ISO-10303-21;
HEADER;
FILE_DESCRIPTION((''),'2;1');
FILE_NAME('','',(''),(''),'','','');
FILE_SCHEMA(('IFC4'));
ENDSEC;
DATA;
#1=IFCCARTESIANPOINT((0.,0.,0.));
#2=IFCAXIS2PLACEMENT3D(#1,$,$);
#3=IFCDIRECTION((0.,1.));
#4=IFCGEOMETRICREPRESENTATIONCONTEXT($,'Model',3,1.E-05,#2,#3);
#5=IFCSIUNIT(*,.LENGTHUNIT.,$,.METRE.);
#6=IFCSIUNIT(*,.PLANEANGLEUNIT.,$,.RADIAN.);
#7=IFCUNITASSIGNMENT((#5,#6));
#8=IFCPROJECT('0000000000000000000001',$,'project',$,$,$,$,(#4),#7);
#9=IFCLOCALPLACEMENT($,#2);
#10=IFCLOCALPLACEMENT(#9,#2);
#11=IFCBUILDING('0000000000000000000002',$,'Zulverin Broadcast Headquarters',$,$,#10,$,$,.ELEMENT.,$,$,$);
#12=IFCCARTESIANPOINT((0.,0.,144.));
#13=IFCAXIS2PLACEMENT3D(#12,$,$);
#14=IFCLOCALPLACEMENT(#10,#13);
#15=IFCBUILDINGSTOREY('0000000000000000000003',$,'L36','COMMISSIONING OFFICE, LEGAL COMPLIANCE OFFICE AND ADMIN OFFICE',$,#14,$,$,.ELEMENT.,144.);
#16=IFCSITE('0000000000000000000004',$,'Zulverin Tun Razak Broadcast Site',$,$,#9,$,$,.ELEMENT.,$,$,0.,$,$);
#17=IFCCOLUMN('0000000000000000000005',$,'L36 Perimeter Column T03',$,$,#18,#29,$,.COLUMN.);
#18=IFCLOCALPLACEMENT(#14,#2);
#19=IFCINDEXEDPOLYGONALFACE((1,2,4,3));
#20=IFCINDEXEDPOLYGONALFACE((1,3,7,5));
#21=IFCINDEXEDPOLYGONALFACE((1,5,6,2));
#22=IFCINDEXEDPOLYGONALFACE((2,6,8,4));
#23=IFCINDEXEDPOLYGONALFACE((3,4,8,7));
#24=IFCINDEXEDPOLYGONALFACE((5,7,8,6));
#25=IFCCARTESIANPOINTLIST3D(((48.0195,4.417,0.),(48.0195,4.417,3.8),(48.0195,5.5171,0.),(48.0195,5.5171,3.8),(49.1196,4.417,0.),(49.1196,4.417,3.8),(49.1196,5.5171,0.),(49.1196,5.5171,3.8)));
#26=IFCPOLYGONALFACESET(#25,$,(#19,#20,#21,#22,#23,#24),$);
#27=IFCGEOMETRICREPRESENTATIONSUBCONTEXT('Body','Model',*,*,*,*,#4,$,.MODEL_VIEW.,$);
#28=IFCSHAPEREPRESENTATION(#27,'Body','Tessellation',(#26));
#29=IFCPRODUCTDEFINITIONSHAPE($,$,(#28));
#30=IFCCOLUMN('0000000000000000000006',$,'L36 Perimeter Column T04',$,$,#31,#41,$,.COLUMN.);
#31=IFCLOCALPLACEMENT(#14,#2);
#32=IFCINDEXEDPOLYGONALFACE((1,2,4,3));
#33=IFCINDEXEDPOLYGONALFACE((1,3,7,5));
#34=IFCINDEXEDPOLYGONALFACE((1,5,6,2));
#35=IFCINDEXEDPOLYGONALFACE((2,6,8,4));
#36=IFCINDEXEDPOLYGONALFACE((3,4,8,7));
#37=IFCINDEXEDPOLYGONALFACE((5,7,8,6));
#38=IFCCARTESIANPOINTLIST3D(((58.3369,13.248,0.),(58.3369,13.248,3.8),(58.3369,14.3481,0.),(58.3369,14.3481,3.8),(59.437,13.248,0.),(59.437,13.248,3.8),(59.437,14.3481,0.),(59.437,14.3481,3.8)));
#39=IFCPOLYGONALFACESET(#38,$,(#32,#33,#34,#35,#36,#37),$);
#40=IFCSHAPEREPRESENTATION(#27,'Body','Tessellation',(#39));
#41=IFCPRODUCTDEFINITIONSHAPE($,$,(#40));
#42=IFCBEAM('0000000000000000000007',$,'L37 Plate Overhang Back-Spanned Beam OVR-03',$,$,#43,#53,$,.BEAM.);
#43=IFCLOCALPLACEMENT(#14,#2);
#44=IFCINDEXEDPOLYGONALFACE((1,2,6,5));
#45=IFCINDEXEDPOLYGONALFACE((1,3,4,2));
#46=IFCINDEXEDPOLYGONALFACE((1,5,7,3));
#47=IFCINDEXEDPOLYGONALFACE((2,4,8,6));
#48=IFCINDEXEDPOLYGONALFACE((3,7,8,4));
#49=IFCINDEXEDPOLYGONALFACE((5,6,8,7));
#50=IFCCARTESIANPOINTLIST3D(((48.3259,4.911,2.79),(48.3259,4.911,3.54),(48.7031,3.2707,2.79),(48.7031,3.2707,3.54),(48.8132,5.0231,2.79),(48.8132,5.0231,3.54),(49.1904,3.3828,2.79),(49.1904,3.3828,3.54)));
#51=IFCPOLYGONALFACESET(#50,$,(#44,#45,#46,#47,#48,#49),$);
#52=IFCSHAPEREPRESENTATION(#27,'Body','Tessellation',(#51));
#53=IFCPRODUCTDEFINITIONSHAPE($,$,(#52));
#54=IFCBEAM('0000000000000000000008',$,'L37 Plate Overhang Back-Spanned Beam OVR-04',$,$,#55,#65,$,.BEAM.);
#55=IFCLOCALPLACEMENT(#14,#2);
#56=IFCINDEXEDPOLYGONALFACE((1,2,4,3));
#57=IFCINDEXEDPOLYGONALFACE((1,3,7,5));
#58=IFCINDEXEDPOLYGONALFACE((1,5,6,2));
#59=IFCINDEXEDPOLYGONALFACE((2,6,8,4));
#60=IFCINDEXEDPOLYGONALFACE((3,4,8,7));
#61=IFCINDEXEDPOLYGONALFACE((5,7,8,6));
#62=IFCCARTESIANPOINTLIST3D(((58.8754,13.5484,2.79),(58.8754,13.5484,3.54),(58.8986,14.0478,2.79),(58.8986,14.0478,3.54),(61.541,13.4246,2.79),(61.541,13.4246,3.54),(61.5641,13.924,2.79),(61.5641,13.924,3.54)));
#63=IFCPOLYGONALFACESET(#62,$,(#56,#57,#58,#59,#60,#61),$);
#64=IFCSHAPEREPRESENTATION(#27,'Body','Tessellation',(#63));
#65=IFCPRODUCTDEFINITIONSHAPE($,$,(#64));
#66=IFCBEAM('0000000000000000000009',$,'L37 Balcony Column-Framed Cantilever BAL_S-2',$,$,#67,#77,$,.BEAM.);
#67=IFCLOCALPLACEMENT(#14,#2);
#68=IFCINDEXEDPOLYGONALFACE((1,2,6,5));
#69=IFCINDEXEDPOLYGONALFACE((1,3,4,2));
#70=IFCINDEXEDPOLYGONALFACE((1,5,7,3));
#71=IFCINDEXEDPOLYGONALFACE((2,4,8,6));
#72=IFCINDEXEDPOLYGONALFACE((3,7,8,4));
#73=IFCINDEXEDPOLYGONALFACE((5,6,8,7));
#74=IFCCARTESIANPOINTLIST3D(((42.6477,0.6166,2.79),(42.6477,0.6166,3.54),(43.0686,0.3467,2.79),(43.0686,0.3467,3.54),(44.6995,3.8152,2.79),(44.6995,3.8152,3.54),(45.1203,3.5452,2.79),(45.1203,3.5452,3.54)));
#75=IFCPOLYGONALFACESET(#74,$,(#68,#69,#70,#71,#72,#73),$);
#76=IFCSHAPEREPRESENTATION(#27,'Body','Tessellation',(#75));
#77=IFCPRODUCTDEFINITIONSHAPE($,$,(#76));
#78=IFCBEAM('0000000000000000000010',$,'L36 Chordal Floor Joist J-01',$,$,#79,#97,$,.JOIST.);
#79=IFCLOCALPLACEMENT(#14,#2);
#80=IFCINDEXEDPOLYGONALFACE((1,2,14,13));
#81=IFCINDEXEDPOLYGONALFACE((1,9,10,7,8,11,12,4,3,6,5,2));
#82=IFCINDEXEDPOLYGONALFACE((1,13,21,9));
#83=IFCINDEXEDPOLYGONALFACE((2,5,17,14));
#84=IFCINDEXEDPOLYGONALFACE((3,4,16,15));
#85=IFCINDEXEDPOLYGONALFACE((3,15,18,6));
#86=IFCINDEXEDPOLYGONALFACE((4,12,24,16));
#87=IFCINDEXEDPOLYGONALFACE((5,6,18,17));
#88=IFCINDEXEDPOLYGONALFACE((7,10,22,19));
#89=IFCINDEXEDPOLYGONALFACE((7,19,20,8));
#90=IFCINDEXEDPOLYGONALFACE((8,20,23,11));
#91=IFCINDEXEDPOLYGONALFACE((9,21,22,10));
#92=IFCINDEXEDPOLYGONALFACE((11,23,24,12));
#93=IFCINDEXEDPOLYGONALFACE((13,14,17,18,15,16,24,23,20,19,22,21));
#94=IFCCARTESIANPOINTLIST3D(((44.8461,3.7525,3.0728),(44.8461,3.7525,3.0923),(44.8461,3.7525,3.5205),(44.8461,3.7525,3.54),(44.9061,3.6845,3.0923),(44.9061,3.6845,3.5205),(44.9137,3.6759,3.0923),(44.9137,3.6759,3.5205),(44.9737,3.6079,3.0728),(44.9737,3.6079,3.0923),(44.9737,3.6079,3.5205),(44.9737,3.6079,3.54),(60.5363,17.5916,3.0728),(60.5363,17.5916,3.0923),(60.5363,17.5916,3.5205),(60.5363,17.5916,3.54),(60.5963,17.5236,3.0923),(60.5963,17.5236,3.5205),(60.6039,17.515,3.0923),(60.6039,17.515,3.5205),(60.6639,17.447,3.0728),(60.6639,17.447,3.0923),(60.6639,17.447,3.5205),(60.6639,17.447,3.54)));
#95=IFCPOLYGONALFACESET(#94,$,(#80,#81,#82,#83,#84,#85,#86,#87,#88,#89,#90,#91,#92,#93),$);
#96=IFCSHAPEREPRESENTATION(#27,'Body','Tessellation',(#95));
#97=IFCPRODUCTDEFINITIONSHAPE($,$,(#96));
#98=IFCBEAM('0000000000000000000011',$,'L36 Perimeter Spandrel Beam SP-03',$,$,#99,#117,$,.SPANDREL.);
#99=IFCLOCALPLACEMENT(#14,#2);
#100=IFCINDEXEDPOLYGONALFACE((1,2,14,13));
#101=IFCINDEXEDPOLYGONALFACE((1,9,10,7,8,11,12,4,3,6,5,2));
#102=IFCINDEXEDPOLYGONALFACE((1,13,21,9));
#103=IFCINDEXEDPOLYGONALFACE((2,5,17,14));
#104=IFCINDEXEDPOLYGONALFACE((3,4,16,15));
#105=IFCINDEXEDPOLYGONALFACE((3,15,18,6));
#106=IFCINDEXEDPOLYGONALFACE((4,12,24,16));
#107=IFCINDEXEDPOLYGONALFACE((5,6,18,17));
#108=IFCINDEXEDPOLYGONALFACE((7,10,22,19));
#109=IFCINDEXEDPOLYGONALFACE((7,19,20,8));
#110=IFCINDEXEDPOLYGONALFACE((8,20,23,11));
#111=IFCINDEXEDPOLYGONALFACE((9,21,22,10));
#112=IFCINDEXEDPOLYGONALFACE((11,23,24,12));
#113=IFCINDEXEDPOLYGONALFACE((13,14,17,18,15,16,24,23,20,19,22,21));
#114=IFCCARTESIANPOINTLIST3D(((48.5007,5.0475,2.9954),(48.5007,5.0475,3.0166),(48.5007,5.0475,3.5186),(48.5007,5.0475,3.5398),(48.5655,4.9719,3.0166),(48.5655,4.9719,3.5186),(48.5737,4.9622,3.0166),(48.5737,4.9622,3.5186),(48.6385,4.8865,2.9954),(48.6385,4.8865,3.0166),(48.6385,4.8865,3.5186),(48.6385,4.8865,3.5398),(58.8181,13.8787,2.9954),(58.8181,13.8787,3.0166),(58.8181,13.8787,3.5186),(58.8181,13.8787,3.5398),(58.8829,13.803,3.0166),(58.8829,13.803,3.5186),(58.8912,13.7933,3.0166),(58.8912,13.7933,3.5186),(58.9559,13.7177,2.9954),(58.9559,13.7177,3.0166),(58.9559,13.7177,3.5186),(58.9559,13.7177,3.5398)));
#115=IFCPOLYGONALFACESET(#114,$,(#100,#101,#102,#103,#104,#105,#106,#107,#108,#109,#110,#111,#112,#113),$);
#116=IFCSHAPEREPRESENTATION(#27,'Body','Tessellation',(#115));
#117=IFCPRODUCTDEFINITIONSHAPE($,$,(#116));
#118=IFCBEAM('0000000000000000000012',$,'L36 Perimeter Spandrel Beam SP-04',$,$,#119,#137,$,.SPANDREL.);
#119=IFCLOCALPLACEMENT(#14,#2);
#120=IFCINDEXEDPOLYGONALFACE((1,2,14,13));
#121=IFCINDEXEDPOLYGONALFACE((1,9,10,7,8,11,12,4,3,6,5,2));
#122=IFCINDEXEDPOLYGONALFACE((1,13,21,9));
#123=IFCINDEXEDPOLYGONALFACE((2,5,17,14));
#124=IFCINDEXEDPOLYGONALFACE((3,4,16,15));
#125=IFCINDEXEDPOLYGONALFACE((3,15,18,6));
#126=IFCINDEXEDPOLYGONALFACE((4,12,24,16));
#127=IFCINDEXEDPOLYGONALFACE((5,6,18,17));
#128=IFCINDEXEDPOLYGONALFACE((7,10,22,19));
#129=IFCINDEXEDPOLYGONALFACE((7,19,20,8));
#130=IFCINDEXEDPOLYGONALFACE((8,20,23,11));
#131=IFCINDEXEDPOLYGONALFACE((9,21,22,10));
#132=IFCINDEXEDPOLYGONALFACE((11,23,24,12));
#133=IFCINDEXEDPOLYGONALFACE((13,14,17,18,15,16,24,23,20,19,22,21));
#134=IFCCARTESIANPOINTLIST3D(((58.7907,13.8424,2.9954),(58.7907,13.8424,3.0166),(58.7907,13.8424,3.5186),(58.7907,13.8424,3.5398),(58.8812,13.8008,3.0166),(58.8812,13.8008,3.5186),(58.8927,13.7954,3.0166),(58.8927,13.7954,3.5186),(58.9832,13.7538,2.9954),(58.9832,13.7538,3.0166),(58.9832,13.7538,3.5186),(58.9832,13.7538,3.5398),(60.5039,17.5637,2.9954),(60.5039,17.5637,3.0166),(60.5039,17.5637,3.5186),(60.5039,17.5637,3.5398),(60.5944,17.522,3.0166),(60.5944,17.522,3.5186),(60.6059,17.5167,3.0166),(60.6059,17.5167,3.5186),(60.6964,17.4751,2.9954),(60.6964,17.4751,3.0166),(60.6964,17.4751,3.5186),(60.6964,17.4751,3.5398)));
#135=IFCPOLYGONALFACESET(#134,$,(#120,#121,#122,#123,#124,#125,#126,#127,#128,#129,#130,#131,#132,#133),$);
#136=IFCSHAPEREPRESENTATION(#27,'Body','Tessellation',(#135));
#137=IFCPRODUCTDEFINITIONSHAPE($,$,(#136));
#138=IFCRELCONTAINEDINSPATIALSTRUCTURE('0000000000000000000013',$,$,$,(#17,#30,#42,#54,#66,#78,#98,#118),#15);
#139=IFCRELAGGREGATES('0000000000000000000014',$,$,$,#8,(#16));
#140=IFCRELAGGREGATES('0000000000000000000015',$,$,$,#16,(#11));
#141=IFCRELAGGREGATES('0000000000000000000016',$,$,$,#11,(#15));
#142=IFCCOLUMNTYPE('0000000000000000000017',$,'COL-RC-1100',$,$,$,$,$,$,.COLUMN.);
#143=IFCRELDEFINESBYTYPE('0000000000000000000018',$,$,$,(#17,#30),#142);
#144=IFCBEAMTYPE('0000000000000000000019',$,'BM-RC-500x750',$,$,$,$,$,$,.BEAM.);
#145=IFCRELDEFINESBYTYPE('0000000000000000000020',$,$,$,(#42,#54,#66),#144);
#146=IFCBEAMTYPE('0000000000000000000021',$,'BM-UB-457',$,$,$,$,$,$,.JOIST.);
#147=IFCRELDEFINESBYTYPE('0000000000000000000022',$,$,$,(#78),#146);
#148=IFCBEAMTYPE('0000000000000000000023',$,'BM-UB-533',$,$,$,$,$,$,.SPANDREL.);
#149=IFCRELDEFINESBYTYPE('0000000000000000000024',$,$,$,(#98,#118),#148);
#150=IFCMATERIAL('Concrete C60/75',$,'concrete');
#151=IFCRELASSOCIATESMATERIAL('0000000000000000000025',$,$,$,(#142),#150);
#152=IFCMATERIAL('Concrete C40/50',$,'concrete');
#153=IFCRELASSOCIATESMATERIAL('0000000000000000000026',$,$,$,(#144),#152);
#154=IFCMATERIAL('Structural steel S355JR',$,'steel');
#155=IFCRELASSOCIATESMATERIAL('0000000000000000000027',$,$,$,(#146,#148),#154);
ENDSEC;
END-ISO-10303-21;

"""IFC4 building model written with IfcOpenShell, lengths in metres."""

from ifc_helpers import new_model, si_unit, direction, frame, origin, origin_2d, place, context, subcontext, project, spatial, rectangle, i_section, extrude, material, material_profile, profile_set, type_object, element, save


model = new_model("IFC4")

# Units and contexts
model_context = context("Model", 3, precision=1e-05, world=origin(), true_north=direction((0.0, 1.0)))
body_context = subcontext(model_context, "Body", "Model", "MODEL_VIEW")
ifc_project = project(units=[si_unit("LENGTHUNIT", "METRE"), si_unit("PLANEANGLEUNIT", "RADIAN")], contexts=[model_context])

# Site, building, storey
site_placement = place(None, origin())
site = spatial("IfcSite", under=ifc_project, at=site_placement, Name="Zulverin Tun Razak Broadcast Site", CompositionType="ELEMENT", RefElevation=0.0)
building_placement = place(site_placement, origin())
building = spatial("IfcBuilding", under=site, at=building_placement, Name="Zulverin Broadcast Headquarters", CompositionType="ELEMENT")
storey_placement = place(building_placement, frame((0.0, 0.0, 144.0)))
storey = spatial("IfcBuildingStorey", under=building, at=storey_placement, Name="L36", Description="COMMISSIONING OFFICE, LEGAL COMPLIANCE OFFICE AND ADMIN OFFICE", CompositionType="ELEMENT", Elevation=144.0)

# Columns
ifc_material_1 = material(Name="Concrete C60/75", Category="concrete")
ifc_material_profile_1 = material_profile(ifc_material_1, rectangle(XDim=1.1001, YDim=1.1001, at=origin_2d()), Name="Concrete C60/75", Category="concrete")
ifc_profile_set_1 = profile_set([ifc_material_profile_1], Name="Concrete C60/75")
column_type = type_object("IfcColumnType", Name="COL-RC-1100", PredefinedType="COLUMN", material=ifc_profile_set_1)
for number, where, z_axis, x_axis, name in (
    (1, (48.5696, 4.967, 0.0), (0.0, 0.0, 1.0), (1.0, 0.0, 0.0), "L36 Perimeter Column T03"),
    (2, (58.887, 13.7981, 0.0), (0.0, 0.0, 1.0), (1.0, 0.0, 0.0), "L36 Perimeter Column T04"),
):
    element("IfcColumn", number, at=place(storey_placement, frame(where, z_axis=z_axis, x_axis=x_axis)), inside=storey, type_object=column_type, Name=name, PredefinedType="COLUMN", context=body_context, shape_type="SweptSolid", body=[
        extrude(rectangle(XDim=1.1001, YDim=1.1001, at=origin_2d()), origin(), (0.0, 0.0, 1.0), 3.8),
    ])

# Beams
ifc_material_2 = material(Name="Concrete C40/50", Category="concrete")
ifc_material_profile_2 = material_profile(ifc_material_2, rectangle(XDim=0.5, YDim=0.75, at=origin_2d()), Name="Concrete C40/50", Category="concrete")
ifc_profile_set_2 = profile_set([ifc_material_profile_2], Name="Concrete C40/50")
beam_type_1 = type_object("IfcBeamType", Name="BM-RC-500x750", PredefinedType="BEAM", material=ifc_profile_set_2)
beam_1_placement = place(storey_placement, frame((48.5696, 4.967, 3.165), z_axis=(0.224097, -0.974567, 0.0), x_axis=(0.974567, 0.224097, 0.0)))
element("IfcBeam", 3, at=beam_1_placement, inside=storey, type_object=beam_type_1, Name="L37 Plate Overhang Back-Spanned Beam OVR-03", PredefinedType="BEAM", context=body_context, shape_type="SweptSolid", body=[
    extrude(rectangle(XDim=0.5, YDim=0.75, at=origin_2d()), origin(), (0.0, 0.0, 1.0), 1.6831),
])
beam_2_placement = place(storey_placement, frame((58.887, 13.7981, 3.165), z_axis=(0.998924, -0.046387, 0.0), x_axis=(0.046387, 0.998924, 0.0)))
element("IfcBeam", 4, at=beam_2_placement, inside=storey, type_object=beam_type_1, Name="L37 Plate Overhang Back-Spanned Beam OVR-04", PredefinedType="BEAM", context=body_context, shape_type="SweptSolid", body=[
    extrude(rectangle(XDim=0.5, YDim=0.75, at=origin_2d()), origin(), (0.0, 0.0, 1.0), 2.6685),
])
beam_3_placement = place(storey_placement, frame((44.9099, 3.6802, 3.165), z_axis=(-0.539936, -0.841706, 0.0), x_axis=(0.841706, -0.539936, 0.0)))
element("IfcBeam", 5, at=beam_3_placement, inside=storey, type_object=beam_type_1, Name="L37 Balcony Column-Framed Cantilever BAL_S-2", PredefinedType="BEAM", context=body_context, shape_type="SweptSolid", body=[
    extrude(rectangle(XDim=0.5, YDim=0.75, at=origin_2d()), origin(), (0.0, 0.0, 1.0), 3.8),
])
ifc_material_3 = material(Name="Structural steel S355JR", Category="steel")
ifc_material_profile_3 = material_profile(ifc_material_3, i_section(OverallWidth=0.1929, OverallDepth=0.4673, WebThickness=0.0115, FlangeThickness=0.0195, at=origin_2d()), Name="Structural steel S355JR", Category="steel")
ifc_profile_set_3 = profile_set([ifc_material_profile_3], Name="Structural steel S355JR")
beam_type_2 = type_object("IfcBeamType", Name="BM-UB-457", PredefinedType="JOIST", material=ifc_profile_set_3)
beam_4_placement = place(storey_placement, frame((44.9099, 3.6802, 3.3064), z_axis=(0.74996, 0.661483, 0.0), x_axis=(-0.661483, 0.74996, 0.0)))
element("IfcBeam", 6, at=beam_4_placement, inside=storey, type_object=beam_type_2, Name="L36 Chordal Floor Joist J-01", PredefinedType="JOIST", context=body_context, shape_type="SweptSolid", body=[
    extrude(i_section(OverallWidth=0.1929, OverallDepth=0.4673, WebThickness=0.0115, FlangeThickness=0.0195, at=origin_2d()), origin(), (0.0, 0.0, 1.0), 20.9214),
])
ifc_material_profile_4 = material_profile(ifc_material_3, i_section(OverallWidth=0.2119, OverallDepth=0.5444, WebThickness=0.0127, FlangeThickness=0.0212, at=origin_2d()), Name="Structural steel S355JR", Category="steel")
ifc_profile_set_4 = profile_set([ifc_material_profile_4], Name="Structural steel S355JR")
beam_type_3 = type_object("IfcBeamType", Name="BM-UB-533", PredefinedType="SPANDREL", material=ifc_profile_set_4)
beam_5_placement = place(storey_placement, frame((48.5696, 4.967, 3.2676), z_axis=(0.759708, 0.650264, 0.0), x_axis=(-0.650264, 0.759708, 0.0)))
element("IfcBeam", 7, at=beam_5_placement, inside=storey, type_object=beam_type_3, Name="L36 Perimeter Spandrel Beam SP-03", PredefinedType="SPANDREL", context=body_context, shape_type="SweptSolid", body=[
    extrude(i_section(OverallWidth=0.2119, OverallDepth=0.5444, WebThickness=0.0127, FlangeThickness=0.0212, at=origin_2d()), origin(), (0.0, 0.0, 1.0), 13.5808),
])
beam_6_placement = place(storey_placement, frame((58.887, 13.7981, 3.2676), z_axis=(0.418185, 0.908362, 0.0), x_axis=(-0.908362, 0.418185, 0.0)))
element("IfcBeam", 8, at=beam_6_placement, inside=storey, type_object=beam_type_3, Name="L36 Perimeter Spandrel Beam SP-04", PredefinedType="SPANDREL", context=body_context, shape_type="SweptSolid", body=[
    extrude(i_section(OverallWidth=0.2119, OverallDepth=0.5444, WebThickness=0.0127, FlangeThickness=0.0212, at=origin_2d()), origin(), (0.0, 0.0, 1.0), 4.0967),
])

save(model, "model.ifc")
